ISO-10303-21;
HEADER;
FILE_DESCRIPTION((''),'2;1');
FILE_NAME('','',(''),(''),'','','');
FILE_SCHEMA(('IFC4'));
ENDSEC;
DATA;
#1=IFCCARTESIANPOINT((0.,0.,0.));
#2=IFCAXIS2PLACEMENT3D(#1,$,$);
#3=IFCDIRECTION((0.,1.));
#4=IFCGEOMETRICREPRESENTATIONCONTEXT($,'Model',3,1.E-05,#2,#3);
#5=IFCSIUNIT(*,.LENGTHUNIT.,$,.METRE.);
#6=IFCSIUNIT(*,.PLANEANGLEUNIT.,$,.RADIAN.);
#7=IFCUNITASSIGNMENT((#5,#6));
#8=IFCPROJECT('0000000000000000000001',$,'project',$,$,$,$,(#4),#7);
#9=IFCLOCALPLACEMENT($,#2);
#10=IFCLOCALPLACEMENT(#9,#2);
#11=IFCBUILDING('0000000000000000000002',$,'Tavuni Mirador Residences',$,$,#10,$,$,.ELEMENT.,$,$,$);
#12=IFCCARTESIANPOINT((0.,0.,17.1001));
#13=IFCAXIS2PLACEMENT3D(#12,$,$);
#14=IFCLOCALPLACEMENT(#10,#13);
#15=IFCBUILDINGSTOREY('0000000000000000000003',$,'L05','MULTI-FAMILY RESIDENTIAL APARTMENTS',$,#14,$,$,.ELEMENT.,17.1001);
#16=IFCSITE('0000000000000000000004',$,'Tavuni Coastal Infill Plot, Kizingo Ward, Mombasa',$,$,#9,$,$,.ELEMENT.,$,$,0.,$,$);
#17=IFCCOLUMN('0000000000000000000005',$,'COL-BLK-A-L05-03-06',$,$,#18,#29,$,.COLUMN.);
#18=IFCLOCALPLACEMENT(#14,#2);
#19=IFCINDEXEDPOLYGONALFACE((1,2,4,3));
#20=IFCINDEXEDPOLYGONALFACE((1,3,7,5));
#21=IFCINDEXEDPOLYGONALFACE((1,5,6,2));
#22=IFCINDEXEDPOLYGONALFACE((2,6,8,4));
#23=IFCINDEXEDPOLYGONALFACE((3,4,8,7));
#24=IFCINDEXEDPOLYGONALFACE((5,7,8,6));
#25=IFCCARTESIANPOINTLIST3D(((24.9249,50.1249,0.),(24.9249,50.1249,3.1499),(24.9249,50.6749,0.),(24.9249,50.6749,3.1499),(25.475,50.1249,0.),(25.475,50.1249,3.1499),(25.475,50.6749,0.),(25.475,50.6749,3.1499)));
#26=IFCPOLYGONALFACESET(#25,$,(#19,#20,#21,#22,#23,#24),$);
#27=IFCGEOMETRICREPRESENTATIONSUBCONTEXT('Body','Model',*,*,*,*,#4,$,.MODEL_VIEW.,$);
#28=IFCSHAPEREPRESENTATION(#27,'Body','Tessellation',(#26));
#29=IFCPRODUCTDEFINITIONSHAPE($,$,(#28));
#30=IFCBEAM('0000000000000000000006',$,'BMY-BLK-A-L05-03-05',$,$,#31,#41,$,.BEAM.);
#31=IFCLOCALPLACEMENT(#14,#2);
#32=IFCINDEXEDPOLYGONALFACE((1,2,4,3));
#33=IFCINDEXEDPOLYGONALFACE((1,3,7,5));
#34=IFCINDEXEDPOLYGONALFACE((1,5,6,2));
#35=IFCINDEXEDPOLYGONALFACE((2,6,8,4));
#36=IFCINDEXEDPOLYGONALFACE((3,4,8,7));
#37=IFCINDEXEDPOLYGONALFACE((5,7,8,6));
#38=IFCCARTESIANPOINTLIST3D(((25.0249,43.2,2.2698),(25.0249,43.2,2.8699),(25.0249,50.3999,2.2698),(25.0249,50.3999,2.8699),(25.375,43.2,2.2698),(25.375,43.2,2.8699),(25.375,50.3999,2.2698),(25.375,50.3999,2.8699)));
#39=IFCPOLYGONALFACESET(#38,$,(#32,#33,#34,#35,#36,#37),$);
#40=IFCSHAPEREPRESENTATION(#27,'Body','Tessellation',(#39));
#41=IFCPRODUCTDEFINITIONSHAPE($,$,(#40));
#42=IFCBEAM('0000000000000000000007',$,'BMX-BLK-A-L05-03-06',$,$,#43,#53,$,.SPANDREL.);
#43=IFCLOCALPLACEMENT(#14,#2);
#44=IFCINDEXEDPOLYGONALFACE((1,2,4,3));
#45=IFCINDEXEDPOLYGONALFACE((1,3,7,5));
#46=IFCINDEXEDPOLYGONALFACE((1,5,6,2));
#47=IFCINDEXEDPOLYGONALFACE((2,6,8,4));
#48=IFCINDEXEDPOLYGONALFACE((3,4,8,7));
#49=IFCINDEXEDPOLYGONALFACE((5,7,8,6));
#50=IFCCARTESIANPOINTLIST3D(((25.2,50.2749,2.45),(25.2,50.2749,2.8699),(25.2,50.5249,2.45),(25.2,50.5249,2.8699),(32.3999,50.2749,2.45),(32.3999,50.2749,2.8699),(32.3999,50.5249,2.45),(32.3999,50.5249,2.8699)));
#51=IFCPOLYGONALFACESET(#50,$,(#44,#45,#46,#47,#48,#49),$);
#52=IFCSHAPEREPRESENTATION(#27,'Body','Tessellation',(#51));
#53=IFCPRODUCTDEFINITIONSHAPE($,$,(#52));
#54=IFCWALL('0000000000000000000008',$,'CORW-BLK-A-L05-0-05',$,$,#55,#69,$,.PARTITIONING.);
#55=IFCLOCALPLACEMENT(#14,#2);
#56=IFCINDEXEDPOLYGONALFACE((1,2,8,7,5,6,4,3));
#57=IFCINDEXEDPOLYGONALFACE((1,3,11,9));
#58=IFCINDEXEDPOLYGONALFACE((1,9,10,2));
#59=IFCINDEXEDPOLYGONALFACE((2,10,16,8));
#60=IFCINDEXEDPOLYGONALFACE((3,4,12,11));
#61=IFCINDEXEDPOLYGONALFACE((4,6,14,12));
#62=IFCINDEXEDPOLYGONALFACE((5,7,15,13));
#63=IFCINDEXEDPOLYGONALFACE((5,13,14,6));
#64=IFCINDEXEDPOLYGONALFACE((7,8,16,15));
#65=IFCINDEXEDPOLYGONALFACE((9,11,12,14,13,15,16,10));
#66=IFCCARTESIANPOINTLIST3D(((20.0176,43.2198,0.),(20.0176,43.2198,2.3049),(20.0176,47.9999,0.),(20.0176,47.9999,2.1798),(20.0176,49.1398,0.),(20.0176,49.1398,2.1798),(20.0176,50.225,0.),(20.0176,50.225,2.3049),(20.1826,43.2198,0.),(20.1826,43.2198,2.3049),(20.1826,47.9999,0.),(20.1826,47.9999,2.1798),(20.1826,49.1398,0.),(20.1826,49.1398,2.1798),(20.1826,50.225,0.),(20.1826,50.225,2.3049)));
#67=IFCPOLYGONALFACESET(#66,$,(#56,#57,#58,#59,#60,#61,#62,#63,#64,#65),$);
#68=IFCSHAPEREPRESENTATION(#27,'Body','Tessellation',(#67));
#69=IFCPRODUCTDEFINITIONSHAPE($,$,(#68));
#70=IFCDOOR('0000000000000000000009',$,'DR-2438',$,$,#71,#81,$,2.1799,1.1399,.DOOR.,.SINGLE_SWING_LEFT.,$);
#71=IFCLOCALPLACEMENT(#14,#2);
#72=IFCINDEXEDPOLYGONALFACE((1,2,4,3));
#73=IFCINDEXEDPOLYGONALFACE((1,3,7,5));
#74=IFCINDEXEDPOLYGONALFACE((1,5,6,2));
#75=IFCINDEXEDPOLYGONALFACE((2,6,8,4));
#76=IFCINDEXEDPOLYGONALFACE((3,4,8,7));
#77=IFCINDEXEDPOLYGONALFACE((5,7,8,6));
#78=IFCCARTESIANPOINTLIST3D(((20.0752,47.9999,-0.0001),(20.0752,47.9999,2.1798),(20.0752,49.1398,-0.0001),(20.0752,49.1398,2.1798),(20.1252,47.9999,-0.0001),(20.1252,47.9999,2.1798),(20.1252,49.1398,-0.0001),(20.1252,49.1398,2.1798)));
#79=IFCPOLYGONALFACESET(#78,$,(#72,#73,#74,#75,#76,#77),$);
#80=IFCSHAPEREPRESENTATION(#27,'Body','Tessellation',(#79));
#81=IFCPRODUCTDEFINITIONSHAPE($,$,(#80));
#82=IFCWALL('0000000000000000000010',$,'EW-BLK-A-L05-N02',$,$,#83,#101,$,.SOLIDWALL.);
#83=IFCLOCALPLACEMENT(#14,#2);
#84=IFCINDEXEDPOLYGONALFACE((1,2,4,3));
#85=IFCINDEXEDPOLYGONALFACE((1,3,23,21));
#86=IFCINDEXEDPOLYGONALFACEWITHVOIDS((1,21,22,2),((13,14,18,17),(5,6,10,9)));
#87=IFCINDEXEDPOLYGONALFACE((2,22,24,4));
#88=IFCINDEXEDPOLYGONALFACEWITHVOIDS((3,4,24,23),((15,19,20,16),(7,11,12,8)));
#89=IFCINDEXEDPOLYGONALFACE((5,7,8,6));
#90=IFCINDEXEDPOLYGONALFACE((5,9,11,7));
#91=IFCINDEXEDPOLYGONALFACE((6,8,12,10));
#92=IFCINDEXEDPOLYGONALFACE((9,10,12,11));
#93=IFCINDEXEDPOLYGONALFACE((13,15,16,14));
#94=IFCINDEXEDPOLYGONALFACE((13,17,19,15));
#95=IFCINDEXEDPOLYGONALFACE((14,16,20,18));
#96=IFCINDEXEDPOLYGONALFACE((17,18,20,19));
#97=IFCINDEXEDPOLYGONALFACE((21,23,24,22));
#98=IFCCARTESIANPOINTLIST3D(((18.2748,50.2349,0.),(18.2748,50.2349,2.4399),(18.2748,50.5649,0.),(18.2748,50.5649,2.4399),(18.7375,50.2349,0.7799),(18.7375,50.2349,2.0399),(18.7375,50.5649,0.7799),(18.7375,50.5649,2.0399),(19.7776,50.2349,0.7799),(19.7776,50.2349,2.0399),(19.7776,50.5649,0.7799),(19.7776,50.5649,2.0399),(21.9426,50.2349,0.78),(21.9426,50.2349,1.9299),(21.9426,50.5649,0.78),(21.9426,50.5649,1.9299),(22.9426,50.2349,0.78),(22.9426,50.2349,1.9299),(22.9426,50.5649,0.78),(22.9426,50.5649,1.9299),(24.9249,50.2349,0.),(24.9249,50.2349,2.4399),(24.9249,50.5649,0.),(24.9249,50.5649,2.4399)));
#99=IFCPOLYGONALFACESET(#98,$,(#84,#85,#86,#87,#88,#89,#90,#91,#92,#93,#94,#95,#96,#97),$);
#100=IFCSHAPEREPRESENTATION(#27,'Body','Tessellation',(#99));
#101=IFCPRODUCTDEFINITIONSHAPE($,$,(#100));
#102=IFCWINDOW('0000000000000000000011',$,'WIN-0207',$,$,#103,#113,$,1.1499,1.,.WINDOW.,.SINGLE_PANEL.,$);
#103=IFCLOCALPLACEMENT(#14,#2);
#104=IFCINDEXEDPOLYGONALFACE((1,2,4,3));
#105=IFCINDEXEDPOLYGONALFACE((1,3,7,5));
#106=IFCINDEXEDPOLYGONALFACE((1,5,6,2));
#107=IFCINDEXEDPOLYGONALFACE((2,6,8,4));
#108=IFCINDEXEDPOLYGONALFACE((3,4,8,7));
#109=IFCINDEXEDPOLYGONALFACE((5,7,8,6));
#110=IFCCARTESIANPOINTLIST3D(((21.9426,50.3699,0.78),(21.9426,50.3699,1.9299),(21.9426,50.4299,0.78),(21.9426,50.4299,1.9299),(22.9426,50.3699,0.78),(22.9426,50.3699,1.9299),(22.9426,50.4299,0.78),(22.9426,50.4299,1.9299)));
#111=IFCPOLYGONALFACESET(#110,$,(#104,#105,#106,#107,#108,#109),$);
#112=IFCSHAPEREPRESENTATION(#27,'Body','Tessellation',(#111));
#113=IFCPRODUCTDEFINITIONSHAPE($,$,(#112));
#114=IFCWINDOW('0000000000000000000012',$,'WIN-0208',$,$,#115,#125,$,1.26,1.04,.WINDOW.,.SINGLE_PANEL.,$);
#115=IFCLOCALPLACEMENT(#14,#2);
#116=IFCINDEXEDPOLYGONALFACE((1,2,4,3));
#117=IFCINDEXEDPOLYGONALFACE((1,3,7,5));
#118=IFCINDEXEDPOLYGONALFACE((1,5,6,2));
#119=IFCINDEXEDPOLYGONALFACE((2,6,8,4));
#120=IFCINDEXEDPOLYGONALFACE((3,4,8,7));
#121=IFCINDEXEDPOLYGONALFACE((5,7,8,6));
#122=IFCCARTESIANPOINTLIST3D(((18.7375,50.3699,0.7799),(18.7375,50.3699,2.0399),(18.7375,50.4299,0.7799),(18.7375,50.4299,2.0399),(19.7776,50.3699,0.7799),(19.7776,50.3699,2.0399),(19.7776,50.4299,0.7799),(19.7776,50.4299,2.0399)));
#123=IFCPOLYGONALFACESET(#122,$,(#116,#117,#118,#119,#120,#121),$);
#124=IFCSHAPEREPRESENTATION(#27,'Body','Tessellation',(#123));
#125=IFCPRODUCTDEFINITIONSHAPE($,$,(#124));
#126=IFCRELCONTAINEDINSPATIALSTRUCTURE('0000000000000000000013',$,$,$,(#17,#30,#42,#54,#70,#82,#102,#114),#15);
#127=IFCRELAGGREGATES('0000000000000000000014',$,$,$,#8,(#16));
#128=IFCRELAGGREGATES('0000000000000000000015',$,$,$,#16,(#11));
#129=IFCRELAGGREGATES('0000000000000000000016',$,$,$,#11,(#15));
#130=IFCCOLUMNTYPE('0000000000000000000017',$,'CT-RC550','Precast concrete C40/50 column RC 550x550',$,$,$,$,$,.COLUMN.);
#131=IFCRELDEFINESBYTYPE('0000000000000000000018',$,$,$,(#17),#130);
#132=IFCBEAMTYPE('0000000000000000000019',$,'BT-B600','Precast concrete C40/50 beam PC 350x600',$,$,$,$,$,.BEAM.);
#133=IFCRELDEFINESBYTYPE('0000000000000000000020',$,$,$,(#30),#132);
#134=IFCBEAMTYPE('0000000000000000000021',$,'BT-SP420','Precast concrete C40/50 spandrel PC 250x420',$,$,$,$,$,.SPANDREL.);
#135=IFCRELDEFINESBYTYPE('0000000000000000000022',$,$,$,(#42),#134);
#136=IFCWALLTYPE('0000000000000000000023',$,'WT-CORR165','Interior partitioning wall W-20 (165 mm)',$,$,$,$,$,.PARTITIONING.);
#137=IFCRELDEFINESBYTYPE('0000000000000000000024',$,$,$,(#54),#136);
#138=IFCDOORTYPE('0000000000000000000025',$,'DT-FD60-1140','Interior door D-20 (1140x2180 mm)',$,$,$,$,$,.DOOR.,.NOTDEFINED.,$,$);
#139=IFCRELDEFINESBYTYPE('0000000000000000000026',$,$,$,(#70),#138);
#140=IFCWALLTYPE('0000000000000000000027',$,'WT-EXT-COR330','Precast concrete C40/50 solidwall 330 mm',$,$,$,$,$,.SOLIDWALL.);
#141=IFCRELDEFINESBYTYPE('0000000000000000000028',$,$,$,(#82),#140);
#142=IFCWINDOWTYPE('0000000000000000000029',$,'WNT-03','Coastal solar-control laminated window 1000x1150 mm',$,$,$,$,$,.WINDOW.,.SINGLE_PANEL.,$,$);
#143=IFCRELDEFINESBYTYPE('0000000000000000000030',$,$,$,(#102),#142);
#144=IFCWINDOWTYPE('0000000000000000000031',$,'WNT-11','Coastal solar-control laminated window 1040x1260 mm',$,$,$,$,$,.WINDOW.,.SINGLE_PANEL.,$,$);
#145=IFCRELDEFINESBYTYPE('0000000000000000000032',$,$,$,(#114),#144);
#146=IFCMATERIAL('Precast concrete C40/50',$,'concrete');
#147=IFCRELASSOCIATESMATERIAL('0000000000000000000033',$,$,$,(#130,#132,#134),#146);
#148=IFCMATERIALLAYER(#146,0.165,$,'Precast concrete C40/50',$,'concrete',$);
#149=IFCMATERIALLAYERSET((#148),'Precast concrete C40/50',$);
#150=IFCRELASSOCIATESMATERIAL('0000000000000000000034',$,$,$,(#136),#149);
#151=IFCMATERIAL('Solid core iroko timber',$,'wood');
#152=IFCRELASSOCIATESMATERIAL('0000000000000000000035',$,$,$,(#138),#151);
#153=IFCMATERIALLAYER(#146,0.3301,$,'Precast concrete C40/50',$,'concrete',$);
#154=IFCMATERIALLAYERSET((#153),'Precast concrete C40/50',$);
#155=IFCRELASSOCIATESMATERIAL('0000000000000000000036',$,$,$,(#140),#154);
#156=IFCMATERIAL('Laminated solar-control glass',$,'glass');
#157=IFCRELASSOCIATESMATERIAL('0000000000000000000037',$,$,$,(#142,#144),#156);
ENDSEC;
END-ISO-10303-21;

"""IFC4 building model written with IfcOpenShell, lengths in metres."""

from ifc_helpers import new_model, si_unit, direction, frame, frame_2d, origin, origin_2d, place, context, subcontext, project, spatial, rectangle, extrude, material, layer, layer_set, material_profile, profile_set, type_object, element, fill, save


model = new_model("IFC4")

# Units and contexts
model_context = context("Model", 3, precision=1e-05, world=origin(), true_north=direction((0.0, 1.0)))
body_context = subcontext(model_context, "Body", "Model", "MODEL_VIEW")
ifc_project = project(units=[si_unit("LENGTHUNIT", "METRE"), si_unit("PLANEANGLEUNIT", "RADIAN")], contexts=[model_context])

# Site, building, storey
site_placement = place(None, origin())
site = spatial("IfcSite", under=ifc_project, at=site_placement, Name="Tavuni Coastal Infill Plot, Kizingo Ward, Mombasa", CompositionType="ELEMENT", RefElevation=0.0)
building_placement = place(site_placement, origin())
building = spatial("IfcBuilding", under=site, at=building_placement, Name="Tavuni Mirador Residences", CompositionType="ELEMENT")
storey_placement = place(building_placement, frame((0.0, 0.0, 17.1001)))
storey = spatial("IfcBuildingStorey", under=building, at=storey_placement, Name="L05", Description="MULTI-FAMILY RESIDENTIAL APARTMENTS", CompositionType="ELEMENT", Elevation=17.1001)

# Column
ifc_material_1 = material(Name="Precast concrete C40/50", Category="concrete")
ifc_material_profile_1 = material_profile(ifc_material_1, rectangle(XDim=0.55, YDim=0.55, at=origin_2d()), Name="RC 550x550", Category="concrete")
ifc_profile_set_1 = profile_set([ifc_material_profile_1], Name="Precast concrete C40/50")
column_type = type_object("IfcColumnType", Name="CT-RC550", Description="Precast concrete C40/50 column RC 550x550", PredefinedType="COLUMN", material=ifc_profile_set_1)
column_placement = place(storey_placement, frame((25.2, 50.3999, 0.0), z_axis=(0.0, 0.0, 1.0), x_axis=(1.0, 0.0, 0.0)))
element("IfcColumn", 1, at=column_placement, inside=storey, type_object=column_type, Name="COL-BLK-A-L05-03-06", PredefinedType="COLUMN", context=body_context, shape_type="SweptSolid", body=[
    extrude(rectangle(XDim=0.55, YDim=0.55, at=origin_2d()), origin(), (0.0, 0.0, 1.0), 3.1499),
])

# Beams
ifc_material_profile_2 = material_profile(ifc_material_1, rectangle(XDim=0.3501, YDim=0.6001, at=origin_2d()), Name="PC 350x600", Category="concrete")
ifc_profile_set_2 = profile_set([ifc_material_profile_2], Name="Precast concrete C40/50")
beam_type_1 = type_object("IfcBeamType", Name="BT-B600", Description="Precast concrete C40/50 beam PC 350x600", PredefinedType="BEAM", material=ifc_profile_set_2)
beam_1_placement = place(storey_placement, frame((25.2, 43.2, 2.5698), z_axis=(0.0, 1.0, 0.0), x_axis=(-1.0, 0.0, 0.0)))
element("IfcBeam", 2, at=beam_1_placement, inside=storey, type_object=beam_type_1, Name="BMY-BLK-A-L05-03-05", PredefinedType="BEAM", context=body_context, shape_type="SweptSolid", body=[
    extrude(rectangle(XDim=0.3501, YDim=0.6001, at=origin_2d()), origin(), (0.0, 0.0, 1.0), 7.2),
])
ifc_material_profile_3 = material_profile(ifc_material_1, rectangle(XDim=0.25, YDim=0.4199, at=origin_2d()), Name="PC 250x420", Category="concrete")
ifc_profile_set_3 = profile_set([ifc_material_profile_3], Name="Precast concrete C40/50")
beam_type_2 = type_object("IfcBeamType", Name="BT-SP420", Description="Precast concrete C40/50 spandrel PC 250x420", PredefinedType="SPANDREL", material=ifc_profile_set_3)
beam_2_placement = place(storey_placement, frame((25.2, 50.3999, 2.6599), z_axis=(1.0, 0.0, 0.0), x_axis=(0.0, 1.0, 0.0)))
element("IfcBeam", 3, at=beam_2_placement, inside=storey, type_object=beam_type_2, Name="BMX-BLK-A-L05-03-06", PredefinedType="SPANDREL", context=body_context, shape_type="SweptSolid", body=[
    extrude(rectangle(XDim=0.25, YDim=0.4199, at=origin_2d()), origin(), (0.0, 0.0, 1.0), 7.2),
])

# Wall, opening, door
ifc_layer_1 = layer(ifc_material_1, 0.165, Name="Precast concrete C40/50", Category="concrete")
ifc_layer_set_1 = layer_set([ifc_layer_1], Name="Precast concrete C40/50")
wall_type_1 = type_object("IfcWallType", Name="WT-CORR165", Description="Interior partitioning wall W-20 (165 mm)", PredefinedType="PARTITIONING", material=ifc_layer_set_1)
wall_1_placement = place(storey_placement, frame((20.1001, 43.22, 0.0), z_axis=(0.0, 0.0, 1.0), x_axis=(0.0, 1.0, 0.0)))
wall_1 = element("IfcWall", 4, at=wall_1_placement, inside=storey, type_object=wall_type_1, Name="CORW-BLK-A-L05-0-05", PredefinedType="PARTITIONING", context=body_context, shape_type="SweptSolid", body=[
    extrude(rectangle(XDim=7.0051, YDim=0.165, at=frame_2d((3.5024, 0.0))), origin(), (0.0, 0.0, 1.0), 2.3049),
])
opening_1_placement = place(wall_1_placement, frame((4.78, 0.0, 0.0)))
opening_1 = element("IfcOpeningElement", 5, at=opening_1_placement, cuts=wall_1, PredefinedType="OPENING", context=body_context, shape_type="SweptSolid", body=[
    extrude(rectangle(XDim=1.1399, YDim=2.1799, at=frame_2d((0.5698, 1.0898))), frame((0.0, 0.0925, 0.0), z_axis=(0.0, -1.0, 0.0), x_axis=(1.0, 0.0, 0.0)), (0.0, 0.0, 1.0), 0.1851),
])
ifc_material_2 = material(Name="Solid core iroko timber", Category="wood")
door_type_1 = type_object("IfcDoorType", Name="DT-FD60-1140", Description="Interior door D-20 (1140x2180 mm)", OperationType="NOTDEFINED", PredefinedType="DOOR", material=ifc_material_2)
door_1_placement = place(opening_1_placement, origin())
door_1 = element("IfcDoor", 6, at=door_1_placement, inside=storey, type_object=door_type_1, Name="DR-2438", OperationType="SINGLE_SWING_LEFT", OverallHeight=2.1799, OverallWidth=1.1399, PredefinedType="DOOR", context=body_context, shape_type="SweptSolid", body=[
    extrude(rectangle(XDim=1.1399, YDim=2.1799, at=frame_2d((0.5698, 1.0898))), frame((0.0, 0.0249, 0.0), z_axis=(0.0, -1.0, 0.0), x_axis=(1.0, 0.0, 0.0)), (0.0, 0.0, 1.0), 0.05),
])
fill(opening_1, door_1)

# Wall, openings, windows
ifc_layer_2 = layer(ifc_material_1, 0.3301, Name="Precast concrete C40/50", Category="concrete")
ifc_layer_set_2 = layer_set([ifc_layer_2], Name="Precast concrete C40/50")
wall_type_2 = type_object("IfcWallType", Name="WT-EXT-COR330", Description="Precast concrete C40/50 solidwall 330 mm", PredefinedType="SOLIDWALL", material=ifc_layer_set_2)
wall_2_placement = place(storey_placement, frame((24.925, 50.3999, 0.0), z_axis=(0.0, 0.0, 1.0), x_axis=(-1.0, 0.0, 0.0)))
wall_2 = element("IfcWall", 7, at=wall_2_placement, inside=storey, type_object=wall_type_2, Name="EW-BLK-A-L05-N02", PredefinedType="SOLIDWALL", context=body_context, shape_type="SweptSolid", body=[
    extrude(rectangle(XDim=6.6501, YDim=0.3301, at=frame_2d((3.3252, 0.0))), origin(), (0.0, 0.0, 1.0), 2.4399),
])
opening_2_placement = place(wall_2_placement, frame((1.9824, 0.0, 0.78)))
opening_2 = element("IfcOpeningElement", 8, at=opening_2_placement, cuts=wall_2, PredefinedType="OPENING", context=body_context, shape_type="SweptSolid", body=[
    extrude(rectangle(XDim=1.0, YDim=1.1499, at=frame_2d((0.5, 0.575))), frame((0.0, 0.175, 0.0), z_axis=(0.0, -1.0, 0.0), x_axis=(1.0, 0.0, 0.0)), (0.0, 0.0, 1.0), 0.3501),
])
opening_3_placement = place(wall_2_placement, frame((5.1475, 0.0, 0.78)))
opening_3 = element("IfcOpeningElement", 9, at=opening_3_placement, cuts=wall_2, PredefinedType="OPENING", context=body_context, shape_type="SweptSolid", body=[
    extrude(rectangle(XDim=1.04, YDim=1.26, at=frame_2d((0.52, 0.6299))), frame((0.0, 0.175, 0.0), z_axis=(0.0, -1.0, 0.0), x_axis=(1.0, 0.0, 0.0)), (0.0, 0.0, 1.0), 0.3501),
])
ifc_material_3 = material(Name="Laminated solar-control glass", Category="glass")
window_type_1 = type_object("IfcWindowType", Name="WNT-03", Description="Coastal solar-control laminated window 1000x1150 mm", PartitioningType="SINGLE_PANEL", PredefinedType="WINDOW", material=ifc_material_3)
window_1_placement = place(opening_2_placement, origin())
window_1 = element("IfcWindow", 10, at=window_1_placement, inside=storey, type_object=window_type_1, Name="WIN-0207", OverallHeight=1.1499, OverallWidth=1.0, PartitioningType="SINGLE_PANEL", PredefinedType="WINDOW", context=body_context, shape_type="SweptSolid", body=[
    extrude(rectangle(XDim=1.0, YDim=1.1499, at=frame_2d((0.5, 0.575))), frame((0.0, 0.03, 0.0), z_axis=(0.0, -1.0, 0.0), x_axis=(1.0, 0.0, 0.0)), (0.0, 0.0, 1.0), 0.0601),
])
fill(opening_2, window_1)
window_type_2 = type_object("IfcWindowType", Name="WNT-11", Description="Coastal solar-control laminated window 1040x1260 mm", PartitioningType="SINGLE_PANEL", PredefinedType="WINDOW", material=ifc_material_3)
window_2_placement = place(opening_3_placement, origin())
window_2 = element("IfcWindow", 11, at=window_2_placement, inside=storey, type_object=window_type_2, Name="WIN-0208", OverallHeight=1.26, OverallWidth=1.04, PartitioningType="SINGLE_PANEL", PredefinedType="WINDOW", context=body_context, shape_type="SweptSolid", body=[
    extrude(rectangle(XDim=1.04, YDim=1.26, at=frame_2d((0.52, 0.6299))), frame((0.0, 0.03, 0.0), z_axis=(0.0, -1.0, 0.0), x_axis=(1.0, 0.0, 0.0)), (0.0, 0.0, 1.0), 0.0601),
])
fill(opening_3, window_2)

save(model, "model.ifc")
